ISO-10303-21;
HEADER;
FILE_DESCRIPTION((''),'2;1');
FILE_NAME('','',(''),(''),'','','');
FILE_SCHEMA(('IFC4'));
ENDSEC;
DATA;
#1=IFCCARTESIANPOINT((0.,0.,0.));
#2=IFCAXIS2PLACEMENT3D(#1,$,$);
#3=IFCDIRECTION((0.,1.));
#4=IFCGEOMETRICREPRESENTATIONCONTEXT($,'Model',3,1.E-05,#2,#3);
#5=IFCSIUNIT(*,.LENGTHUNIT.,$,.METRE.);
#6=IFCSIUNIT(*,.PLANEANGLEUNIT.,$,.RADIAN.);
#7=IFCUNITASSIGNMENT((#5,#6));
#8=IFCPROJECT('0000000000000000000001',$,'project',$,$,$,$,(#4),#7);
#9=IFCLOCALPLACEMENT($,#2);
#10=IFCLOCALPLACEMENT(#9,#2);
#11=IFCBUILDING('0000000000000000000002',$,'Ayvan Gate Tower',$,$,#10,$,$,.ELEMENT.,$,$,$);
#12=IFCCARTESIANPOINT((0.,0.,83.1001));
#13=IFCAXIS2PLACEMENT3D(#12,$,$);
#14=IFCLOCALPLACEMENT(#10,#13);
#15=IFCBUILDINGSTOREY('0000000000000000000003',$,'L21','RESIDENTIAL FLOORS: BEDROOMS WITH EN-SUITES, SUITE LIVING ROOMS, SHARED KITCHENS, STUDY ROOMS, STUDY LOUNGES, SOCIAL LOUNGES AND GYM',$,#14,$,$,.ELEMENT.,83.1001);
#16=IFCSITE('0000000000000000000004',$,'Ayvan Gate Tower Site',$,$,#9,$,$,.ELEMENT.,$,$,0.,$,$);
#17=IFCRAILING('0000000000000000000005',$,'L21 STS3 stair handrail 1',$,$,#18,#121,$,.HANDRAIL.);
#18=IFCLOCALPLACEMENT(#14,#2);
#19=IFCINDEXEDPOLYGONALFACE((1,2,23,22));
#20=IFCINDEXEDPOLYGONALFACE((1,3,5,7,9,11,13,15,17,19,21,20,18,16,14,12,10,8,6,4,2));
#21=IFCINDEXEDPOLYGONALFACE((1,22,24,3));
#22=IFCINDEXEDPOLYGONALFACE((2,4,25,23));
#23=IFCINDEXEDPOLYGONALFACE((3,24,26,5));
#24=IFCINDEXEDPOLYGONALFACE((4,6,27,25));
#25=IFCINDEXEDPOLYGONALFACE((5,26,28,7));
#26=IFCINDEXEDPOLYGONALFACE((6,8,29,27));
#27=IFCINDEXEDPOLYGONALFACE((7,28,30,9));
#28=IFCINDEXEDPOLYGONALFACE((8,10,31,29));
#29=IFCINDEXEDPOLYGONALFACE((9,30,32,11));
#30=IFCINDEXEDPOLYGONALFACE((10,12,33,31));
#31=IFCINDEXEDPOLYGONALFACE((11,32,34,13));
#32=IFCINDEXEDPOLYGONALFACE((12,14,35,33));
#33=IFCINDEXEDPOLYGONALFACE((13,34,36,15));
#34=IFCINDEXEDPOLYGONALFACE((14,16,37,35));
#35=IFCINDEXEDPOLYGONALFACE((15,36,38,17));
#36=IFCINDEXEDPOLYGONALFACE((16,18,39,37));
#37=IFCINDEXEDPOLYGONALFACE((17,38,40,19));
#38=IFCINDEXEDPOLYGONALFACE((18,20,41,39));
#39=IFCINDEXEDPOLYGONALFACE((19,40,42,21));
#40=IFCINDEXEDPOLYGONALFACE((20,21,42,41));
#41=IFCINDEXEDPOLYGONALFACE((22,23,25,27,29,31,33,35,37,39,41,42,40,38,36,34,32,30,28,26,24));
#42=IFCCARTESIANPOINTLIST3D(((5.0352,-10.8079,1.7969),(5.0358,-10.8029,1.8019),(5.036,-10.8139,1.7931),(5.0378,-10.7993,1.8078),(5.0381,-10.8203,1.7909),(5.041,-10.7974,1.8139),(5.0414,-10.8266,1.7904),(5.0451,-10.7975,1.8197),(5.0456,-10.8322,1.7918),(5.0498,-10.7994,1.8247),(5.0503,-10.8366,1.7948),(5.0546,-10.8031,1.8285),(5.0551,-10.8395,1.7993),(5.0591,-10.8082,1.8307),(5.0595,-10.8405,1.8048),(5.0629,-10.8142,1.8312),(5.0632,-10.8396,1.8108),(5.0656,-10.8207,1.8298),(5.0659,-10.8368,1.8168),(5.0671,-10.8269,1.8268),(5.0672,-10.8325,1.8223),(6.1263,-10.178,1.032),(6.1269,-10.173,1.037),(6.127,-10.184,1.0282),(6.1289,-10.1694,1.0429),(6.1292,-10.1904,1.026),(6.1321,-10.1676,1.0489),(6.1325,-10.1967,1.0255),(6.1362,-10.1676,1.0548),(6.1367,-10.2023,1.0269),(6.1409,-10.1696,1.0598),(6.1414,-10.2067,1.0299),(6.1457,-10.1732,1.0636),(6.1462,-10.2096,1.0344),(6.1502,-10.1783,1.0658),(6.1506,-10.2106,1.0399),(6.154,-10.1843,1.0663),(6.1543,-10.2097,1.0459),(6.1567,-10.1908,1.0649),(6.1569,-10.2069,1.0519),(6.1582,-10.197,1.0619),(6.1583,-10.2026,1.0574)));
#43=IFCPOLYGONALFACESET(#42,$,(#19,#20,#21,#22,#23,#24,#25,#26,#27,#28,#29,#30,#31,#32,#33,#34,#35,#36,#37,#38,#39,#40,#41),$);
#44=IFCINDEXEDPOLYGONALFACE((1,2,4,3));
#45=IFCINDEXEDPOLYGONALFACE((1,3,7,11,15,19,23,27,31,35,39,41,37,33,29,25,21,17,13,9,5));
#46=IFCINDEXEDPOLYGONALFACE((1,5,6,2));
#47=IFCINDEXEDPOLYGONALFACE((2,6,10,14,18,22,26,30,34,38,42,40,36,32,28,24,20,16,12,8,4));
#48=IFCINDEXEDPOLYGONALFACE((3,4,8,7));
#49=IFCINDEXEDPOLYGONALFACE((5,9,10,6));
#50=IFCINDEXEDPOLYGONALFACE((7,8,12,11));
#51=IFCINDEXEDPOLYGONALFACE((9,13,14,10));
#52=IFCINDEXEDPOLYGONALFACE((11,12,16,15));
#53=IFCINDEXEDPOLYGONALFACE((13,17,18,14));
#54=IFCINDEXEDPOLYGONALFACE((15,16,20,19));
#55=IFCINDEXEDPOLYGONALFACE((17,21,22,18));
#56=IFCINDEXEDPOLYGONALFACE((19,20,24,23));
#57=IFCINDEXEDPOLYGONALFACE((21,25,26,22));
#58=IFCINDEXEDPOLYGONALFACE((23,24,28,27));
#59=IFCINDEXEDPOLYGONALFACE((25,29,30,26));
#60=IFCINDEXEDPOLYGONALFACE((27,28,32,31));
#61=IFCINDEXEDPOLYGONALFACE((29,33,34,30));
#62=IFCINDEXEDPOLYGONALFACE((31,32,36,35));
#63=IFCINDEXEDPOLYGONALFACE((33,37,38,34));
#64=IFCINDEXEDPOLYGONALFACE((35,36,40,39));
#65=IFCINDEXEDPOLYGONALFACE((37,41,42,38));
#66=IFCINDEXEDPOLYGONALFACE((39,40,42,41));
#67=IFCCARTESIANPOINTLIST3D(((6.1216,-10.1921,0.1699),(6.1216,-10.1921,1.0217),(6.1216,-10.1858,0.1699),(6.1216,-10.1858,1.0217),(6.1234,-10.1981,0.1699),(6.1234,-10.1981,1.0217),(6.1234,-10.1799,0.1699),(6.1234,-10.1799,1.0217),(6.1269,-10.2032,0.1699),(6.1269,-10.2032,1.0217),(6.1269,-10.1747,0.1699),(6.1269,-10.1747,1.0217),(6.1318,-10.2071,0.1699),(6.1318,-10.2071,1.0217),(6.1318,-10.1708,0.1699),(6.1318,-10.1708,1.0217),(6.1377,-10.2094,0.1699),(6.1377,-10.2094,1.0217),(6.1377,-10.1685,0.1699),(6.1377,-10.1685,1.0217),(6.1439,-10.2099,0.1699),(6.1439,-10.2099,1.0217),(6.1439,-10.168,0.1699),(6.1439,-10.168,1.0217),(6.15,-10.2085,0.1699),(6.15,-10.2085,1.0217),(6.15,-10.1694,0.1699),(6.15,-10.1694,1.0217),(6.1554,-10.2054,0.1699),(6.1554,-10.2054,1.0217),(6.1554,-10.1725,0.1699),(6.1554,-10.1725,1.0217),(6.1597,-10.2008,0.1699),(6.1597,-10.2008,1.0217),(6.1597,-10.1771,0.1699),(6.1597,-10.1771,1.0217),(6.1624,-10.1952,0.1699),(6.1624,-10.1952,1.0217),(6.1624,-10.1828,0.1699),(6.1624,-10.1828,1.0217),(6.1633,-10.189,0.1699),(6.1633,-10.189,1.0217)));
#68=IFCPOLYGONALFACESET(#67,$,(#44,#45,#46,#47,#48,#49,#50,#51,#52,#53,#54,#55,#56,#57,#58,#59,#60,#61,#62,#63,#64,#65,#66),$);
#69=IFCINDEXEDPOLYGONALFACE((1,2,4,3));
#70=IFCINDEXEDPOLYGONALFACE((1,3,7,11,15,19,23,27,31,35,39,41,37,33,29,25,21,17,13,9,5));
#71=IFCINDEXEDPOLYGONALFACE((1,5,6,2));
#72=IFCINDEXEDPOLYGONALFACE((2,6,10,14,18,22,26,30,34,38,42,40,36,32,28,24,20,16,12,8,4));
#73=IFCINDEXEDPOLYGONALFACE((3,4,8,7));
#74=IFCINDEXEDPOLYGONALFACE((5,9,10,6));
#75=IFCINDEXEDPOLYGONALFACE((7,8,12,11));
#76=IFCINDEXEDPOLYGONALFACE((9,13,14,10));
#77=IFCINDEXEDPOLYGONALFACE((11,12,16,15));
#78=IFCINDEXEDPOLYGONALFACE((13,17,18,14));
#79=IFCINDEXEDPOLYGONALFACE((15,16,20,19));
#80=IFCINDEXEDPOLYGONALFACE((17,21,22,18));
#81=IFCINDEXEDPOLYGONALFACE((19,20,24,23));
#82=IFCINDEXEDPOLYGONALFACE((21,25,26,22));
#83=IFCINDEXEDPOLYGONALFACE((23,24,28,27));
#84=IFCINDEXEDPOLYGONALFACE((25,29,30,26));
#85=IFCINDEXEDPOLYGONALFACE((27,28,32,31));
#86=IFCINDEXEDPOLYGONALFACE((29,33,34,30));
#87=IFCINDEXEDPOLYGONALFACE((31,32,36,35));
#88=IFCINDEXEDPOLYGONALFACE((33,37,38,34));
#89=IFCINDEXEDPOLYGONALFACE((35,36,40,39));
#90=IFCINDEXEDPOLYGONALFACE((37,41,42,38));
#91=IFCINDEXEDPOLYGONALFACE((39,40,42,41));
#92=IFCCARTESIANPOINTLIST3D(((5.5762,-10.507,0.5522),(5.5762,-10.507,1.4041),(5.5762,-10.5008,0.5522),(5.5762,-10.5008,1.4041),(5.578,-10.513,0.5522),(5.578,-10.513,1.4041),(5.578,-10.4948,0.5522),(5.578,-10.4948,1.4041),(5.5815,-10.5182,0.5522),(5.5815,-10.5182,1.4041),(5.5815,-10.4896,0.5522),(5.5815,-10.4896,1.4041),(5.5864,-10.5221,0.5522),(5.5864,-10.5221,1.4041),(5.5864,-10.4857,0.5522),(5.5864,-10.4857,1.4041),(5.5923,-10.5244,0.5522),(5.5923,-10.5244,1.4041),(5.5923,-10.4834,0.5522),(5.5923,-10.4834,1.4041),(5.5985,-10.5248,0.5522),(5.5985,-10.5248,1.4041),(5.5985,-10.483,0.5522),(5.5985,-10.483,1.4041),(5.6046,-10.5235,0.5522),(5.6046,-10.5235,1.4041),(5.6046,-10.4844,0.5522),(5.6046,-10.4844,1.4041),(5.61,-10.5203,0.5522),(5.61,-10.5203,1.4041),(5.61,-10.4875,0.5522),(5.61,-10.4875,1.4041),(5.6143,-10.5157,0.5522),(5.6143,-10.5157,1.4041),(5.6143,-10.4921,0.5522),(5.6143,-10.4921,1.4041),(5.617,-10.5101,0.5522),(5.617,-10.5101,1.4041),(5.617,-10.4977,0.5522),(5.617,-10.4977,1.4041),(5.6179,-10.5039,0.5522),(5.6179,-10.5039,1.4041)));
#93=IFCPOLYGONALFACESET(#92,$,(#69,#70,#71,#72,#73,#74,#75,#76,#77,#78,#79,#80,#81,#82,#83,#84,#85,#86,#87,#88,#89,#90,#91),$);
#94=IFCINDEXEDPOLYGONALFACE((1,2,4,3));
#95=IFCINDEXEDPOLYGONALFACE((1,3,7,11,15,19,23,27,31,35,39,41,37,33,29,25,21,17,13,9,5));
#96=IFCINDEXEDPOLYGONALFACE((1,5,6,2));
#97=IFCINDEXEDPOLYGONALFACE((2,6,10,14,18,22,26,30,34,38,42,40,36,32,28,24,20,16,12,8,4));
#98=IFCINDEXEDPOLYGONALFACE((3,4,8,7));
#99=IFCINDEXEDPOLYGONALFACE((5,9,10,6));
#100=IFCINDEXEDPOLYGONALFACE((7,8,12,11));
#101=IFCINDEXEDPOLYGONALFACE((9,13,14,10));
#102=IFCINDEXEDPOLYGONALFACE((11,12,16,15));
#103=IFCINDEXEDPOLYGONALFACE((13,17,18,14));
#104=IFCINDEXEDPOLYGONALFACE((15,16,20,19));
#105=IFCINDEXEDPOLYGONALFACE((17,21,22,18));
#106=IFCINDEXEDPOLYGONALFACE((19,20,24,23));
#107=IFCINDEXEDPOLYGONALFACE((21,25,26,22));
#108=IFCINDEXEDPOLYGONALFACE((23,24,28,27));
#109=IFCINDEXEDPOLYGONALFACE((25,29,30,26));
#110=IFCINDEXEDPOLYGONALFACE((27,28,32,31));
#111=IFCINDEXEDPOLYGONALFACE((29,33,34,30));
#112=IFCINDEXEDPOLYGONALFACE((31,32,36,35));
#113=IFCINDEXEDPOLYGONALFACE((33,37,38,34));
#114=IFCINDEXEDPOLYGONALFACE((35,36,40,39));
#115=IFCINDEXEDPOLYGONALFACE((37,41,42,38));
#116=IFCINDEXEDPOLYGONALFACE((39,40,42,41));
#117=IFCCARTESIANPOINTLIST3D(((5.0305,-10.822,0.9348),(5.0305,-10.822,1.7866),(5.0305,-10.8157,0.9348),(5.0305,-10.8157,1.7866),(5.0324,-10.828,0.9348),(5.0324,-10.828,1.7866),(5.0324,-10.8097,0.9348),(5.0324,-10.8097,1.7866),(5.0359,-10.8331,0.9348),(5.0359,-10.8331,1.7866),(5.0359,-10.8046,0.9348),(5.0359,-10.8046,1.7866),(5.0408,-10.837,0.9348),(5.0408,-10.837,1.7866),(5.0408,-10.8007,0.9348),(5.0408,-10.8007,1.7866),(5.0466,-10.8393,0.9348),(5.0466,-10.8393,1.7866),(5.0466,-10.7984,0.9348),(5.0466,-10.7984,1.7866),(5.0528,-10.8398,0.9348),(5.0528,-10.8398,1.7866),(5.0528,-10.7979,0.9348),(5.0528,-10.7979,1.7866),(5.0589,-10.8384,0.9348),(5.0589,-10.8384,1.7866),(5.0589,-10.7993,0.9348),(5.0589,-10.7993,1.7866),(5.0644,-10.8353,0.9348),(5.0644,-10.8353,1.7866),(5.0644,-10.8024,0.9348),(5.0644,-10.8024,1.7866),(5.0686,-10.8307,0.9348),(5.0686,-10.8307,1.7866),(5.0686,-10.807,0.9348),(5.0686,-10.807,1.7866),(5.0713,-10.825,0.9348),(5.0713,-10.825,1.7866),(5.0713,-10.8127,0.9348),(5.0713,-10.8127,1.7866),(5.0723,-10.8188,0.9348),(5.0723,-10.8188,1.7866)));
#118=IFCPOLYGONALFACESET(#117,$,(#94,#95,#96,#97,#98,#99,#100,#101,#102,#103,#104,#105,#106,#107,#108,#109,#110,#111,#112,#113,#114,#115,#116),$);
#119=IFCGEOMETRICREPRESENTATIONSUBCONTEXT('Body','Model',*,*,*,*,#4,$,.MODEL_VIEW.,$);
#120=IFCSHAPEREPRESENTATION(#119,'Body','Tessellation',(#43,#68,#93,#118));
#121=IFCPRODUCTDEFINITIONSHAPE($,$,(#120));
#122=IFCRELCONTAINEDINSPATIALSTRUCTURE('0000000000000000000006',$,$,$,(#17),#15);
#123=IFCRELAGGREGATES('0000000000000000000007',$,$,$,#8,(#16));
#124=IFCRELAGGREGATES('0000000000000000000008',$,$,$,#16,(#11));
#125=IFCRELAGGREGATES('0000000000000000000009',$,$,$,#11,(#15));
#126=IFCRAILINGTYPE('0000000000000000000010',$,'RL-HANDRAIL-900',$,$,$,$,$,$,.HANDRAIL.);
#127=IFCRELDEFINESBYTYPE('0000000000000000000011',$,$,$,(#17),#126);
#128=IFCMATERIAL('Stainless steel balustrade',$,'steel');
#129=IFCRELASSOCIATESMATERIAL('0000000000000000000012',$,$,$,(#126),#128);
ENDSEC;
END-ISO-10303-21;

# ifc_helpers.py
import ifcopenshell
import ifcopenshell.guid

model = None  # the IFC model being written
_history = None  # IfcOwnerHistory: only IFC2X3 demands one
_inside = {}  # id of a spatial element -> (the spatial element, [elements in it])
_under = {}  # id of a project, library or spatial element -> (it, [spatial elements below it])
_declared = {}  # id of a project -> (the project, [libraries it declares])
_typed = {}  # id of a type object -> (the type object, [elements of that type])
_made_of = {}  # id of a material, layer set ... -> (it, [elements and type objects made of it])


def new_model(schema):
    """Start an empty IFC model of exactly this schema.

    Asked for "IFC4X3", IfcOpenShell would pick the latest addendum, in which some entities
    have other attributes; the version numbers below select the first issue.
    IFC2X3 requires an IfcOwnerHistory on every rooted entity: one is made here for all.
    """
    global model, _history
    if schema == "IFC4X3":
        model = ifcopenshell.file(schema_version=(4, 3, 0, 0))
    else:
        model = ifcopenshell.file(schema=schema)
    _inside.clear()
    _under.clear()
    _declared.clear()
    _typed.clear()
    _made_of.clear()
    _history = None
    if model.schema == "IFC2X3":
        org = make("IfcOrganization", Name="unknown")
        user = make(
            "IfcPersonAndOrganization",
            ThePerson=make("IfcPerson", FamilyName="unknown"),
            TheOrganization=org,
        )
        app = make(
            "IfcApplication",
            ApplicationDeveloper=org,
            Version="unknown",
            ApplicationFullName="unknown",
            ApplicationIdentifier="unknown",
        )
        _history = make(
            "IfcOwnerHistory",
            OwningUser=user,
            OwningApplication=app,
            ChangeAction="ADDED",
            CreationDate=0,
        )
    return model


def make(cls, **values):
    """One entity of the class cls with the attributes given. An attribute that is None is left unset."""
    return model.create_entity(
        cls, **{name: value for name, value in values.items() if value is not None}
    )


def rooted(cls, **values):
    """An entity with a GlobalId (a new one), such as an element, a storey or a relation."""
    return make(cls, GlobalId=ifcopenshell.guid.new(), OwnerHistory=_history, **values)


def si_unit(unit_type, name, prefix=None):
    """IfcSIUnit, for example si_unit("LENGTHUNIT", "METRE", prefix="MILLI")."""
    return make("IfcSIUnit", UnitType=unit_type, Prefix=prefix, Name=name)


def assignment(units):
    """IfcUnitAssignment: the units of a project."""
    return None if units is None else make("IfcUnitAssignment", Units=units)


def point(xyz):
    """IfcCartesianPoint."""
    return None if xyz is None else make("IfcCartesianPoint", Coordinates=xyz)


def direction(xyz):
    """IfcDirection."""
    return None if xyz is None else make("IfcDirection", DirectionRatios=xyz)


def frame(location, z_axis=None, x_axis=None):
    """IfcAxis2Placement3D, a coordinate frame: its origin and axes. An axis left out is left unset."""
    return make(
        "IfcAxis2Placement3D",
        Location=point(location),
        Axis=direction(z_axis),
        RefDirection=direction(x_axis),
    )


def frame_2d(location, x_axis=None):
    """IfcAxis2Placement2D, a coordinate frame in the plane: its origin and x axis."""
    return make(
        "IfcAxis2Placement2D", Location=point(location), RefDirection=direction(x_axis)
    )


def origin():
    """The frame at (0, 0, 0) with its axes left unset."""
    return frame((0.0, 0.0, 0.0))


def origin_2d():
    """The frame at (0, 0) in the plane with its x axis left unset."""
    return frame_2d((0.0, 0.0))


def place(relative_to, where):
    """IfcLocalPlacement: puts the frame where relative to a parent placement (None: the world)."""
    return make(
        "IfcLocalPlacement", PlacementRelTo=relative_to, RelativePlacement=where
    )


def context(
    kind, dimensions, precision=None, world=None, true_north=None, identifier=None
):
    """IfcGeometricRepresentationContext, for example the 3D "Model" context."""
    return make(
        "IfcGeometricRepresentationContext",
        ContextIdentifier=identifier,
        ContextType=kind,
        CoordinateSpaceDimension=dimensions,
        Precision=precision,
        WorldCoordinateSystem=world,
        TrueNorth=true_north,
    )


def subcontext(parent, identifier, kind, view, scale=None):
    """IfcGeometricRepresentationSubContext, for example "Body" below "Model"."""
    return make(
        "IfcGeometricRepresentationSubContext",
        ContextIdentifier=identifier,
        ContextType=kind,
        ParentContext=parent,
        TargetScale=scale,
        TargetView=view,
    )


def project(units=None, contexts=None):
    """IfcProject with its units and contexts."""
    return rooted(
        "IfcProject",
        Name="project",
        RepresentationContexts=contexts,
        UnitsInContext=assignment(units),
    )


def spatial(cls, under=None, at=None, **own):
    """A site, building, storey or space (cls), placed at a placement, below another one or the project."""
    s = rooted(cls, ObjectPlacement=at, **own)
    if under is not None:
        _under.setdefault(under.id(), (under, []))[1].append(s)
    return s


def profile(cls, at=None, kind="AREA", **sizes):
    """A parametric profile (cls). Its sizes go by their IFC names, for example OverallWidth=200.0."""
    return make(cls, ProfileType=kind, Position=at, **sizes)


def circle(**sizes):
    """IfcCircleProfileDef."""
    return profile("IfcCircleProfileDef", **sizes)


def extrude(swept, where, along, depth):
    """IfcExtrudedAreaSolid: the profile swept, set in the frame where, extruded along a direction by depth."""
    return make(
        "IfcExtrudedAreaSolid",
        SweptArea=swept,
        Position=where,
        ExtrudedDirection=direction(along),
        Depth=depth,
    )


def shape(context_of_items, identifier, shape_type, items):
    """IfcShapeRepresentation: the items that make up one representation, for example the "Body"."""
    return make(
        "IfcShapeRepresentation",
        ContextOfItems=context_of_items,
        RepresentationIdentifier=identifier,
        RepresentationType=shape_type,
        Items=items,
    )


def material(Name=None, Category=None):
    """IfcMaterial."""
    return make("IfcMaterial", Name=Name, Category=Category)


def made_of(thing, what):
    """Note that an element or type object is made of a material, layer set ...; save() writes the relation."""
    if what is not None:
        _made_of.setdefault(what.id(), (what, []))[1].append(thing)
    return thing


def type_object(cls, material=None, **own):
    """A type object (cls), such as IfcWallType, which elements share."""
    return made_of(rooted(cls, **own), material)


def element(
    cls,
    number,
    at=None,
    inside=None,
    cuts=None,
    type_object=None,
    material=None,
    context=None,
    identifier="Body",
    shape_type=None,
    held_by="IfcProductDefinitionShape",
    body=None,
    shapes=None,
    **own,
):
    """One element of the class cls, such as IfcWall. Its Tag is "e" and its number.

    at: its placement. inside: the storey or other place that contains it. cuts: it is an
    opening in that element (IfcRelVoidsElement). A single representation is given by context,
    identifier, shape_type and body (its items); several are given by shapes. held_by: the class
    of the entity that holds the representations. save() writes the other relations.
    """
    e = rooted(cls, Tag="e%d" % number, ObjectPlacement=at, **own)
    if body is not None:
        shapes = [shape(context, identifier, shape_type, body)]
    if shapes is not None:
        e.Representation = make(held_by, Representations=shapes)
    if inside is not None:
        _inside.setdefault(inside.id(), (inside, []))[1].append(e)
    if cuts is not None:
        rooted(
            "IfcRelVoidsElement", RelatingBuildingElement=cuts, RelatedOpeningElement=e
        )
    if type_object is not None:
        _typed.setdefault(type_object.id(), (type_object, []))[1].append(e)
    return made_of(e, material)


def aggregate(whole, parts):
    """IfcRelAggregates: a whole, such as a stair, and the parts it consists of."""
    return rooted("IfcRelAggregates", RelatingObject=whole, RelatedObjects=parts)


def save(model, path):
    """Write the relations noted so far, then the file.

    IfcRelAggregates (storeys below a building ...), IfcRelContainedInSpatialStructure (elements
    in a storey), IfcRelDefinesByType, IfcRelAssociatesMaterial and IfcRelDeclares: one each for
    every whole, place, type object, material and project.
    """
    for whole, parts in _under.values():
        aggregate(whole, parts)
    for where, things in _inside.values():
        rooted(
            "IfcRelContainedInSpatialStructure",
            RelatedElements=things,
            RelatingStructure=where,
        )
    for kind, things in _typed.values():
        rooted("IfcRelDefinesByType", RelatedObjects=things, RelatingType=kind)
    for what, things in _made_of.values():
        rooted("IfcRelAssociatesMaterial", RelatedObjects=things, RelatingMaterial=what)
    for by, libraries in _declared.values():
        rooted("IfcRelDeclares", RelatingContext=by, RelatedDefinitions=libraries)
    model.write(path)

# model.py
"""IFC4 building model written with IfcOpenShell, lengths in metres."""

from ifc_helpers import new_model, si_unit, direction, frame, origin, origin_2d, place, context, subcontext, project, spatial, circle, extrude, material, type_object, element, save


model = new_model("IFC4")

# Units and contexts
model_context = context("Model", 3, precision=1e-05, world=origin(), true_north=direction((0.0, 1.0)))
body_context = subcontext(model_context, "Body", "Model", "MODEL_VIEW")
ifc_project = project(units=[si_unit("LENGTHUNIT", "METRE"), si_unit("PLANEANGLEUNIT", "RADIAN")], contexts=[model_context])

# Site, building, storey
site_placement = place(None, origin())
site = spatial("IfcSite", under=ifc_project, at=site_placement, Name="Ayvan Gate Tower Site", CompositionType="ELEMENT", RefElevation=0.0)
building_placement = place(site_placement, origin())
building = spatial("IfcBuilding", under=site, at=building_placement, Name="Ayvan Gate Tower", CompositionType="ELEMENT")
storey_placement = place(building_placement, frame((0.0, 0.0, 83.1001)))
storey = spatial("IfcBuildingStorey", under=building, at=storey_placement, Name="L21", Description="RESIDENTIAL FLOORS: BEDROOMS WITH EN-SUITES, SUITE LIVING ROOMS, SHARED KITCHENS, STUDY ROOMS, STUDY LOUNGES, SOCIAL LOUNGES AND GYM", CompositionType="ELEMENT", Elevation=83.1001)

# Railing
ifc_material_1 = material(Name="Stainless steel balustrade", Category="steel")
railing_type_1 = type_object("IfcRailingType", Name="RL-HANDRAIL-900", PredefinedType="HANDRAIL", material=ifc_material_1)
railing_1_placement = place(storey_placement, frame((6.1423, -10.189, 0.1699)))
element("IfcRailing", 1, at=railing_1_placement, inside=storey, type_object=railing_type_1, Name="L21 STS3 stair handrail 1", PredefinedType="HANDRAIL", context=body_context, shape_type="SweptSolid", body=[
    extrude(circle(Radius=0.0239, at=origin_2d()), frame((0.0, 0.0, 0.876), z_axis=(-0.740282, -0.427372, 0.518976), x_axis=(0.499974, -0.86604, 0.0)), (0.0, 0.0, 1.0), 1.4739),
    extrude(circle(Radius=0.021, at=origin_2d()), origin(), (0.0, 0.0, 1.0), 0.8518),
    extrude(circle(Radius=0.021, at=origin_2d()), frame((-0.5454, -0.3149, 0.3823)), (0.0, 0.0, 1.0), 0.8518),
    extrude(circle(Radius=0.021, at=origin_2d()), frame((-1.0911, -0.6299, 0.7649)), (0.0, 0.0, 1.0), 0.8518),
])

save(model, "model.ifc")
